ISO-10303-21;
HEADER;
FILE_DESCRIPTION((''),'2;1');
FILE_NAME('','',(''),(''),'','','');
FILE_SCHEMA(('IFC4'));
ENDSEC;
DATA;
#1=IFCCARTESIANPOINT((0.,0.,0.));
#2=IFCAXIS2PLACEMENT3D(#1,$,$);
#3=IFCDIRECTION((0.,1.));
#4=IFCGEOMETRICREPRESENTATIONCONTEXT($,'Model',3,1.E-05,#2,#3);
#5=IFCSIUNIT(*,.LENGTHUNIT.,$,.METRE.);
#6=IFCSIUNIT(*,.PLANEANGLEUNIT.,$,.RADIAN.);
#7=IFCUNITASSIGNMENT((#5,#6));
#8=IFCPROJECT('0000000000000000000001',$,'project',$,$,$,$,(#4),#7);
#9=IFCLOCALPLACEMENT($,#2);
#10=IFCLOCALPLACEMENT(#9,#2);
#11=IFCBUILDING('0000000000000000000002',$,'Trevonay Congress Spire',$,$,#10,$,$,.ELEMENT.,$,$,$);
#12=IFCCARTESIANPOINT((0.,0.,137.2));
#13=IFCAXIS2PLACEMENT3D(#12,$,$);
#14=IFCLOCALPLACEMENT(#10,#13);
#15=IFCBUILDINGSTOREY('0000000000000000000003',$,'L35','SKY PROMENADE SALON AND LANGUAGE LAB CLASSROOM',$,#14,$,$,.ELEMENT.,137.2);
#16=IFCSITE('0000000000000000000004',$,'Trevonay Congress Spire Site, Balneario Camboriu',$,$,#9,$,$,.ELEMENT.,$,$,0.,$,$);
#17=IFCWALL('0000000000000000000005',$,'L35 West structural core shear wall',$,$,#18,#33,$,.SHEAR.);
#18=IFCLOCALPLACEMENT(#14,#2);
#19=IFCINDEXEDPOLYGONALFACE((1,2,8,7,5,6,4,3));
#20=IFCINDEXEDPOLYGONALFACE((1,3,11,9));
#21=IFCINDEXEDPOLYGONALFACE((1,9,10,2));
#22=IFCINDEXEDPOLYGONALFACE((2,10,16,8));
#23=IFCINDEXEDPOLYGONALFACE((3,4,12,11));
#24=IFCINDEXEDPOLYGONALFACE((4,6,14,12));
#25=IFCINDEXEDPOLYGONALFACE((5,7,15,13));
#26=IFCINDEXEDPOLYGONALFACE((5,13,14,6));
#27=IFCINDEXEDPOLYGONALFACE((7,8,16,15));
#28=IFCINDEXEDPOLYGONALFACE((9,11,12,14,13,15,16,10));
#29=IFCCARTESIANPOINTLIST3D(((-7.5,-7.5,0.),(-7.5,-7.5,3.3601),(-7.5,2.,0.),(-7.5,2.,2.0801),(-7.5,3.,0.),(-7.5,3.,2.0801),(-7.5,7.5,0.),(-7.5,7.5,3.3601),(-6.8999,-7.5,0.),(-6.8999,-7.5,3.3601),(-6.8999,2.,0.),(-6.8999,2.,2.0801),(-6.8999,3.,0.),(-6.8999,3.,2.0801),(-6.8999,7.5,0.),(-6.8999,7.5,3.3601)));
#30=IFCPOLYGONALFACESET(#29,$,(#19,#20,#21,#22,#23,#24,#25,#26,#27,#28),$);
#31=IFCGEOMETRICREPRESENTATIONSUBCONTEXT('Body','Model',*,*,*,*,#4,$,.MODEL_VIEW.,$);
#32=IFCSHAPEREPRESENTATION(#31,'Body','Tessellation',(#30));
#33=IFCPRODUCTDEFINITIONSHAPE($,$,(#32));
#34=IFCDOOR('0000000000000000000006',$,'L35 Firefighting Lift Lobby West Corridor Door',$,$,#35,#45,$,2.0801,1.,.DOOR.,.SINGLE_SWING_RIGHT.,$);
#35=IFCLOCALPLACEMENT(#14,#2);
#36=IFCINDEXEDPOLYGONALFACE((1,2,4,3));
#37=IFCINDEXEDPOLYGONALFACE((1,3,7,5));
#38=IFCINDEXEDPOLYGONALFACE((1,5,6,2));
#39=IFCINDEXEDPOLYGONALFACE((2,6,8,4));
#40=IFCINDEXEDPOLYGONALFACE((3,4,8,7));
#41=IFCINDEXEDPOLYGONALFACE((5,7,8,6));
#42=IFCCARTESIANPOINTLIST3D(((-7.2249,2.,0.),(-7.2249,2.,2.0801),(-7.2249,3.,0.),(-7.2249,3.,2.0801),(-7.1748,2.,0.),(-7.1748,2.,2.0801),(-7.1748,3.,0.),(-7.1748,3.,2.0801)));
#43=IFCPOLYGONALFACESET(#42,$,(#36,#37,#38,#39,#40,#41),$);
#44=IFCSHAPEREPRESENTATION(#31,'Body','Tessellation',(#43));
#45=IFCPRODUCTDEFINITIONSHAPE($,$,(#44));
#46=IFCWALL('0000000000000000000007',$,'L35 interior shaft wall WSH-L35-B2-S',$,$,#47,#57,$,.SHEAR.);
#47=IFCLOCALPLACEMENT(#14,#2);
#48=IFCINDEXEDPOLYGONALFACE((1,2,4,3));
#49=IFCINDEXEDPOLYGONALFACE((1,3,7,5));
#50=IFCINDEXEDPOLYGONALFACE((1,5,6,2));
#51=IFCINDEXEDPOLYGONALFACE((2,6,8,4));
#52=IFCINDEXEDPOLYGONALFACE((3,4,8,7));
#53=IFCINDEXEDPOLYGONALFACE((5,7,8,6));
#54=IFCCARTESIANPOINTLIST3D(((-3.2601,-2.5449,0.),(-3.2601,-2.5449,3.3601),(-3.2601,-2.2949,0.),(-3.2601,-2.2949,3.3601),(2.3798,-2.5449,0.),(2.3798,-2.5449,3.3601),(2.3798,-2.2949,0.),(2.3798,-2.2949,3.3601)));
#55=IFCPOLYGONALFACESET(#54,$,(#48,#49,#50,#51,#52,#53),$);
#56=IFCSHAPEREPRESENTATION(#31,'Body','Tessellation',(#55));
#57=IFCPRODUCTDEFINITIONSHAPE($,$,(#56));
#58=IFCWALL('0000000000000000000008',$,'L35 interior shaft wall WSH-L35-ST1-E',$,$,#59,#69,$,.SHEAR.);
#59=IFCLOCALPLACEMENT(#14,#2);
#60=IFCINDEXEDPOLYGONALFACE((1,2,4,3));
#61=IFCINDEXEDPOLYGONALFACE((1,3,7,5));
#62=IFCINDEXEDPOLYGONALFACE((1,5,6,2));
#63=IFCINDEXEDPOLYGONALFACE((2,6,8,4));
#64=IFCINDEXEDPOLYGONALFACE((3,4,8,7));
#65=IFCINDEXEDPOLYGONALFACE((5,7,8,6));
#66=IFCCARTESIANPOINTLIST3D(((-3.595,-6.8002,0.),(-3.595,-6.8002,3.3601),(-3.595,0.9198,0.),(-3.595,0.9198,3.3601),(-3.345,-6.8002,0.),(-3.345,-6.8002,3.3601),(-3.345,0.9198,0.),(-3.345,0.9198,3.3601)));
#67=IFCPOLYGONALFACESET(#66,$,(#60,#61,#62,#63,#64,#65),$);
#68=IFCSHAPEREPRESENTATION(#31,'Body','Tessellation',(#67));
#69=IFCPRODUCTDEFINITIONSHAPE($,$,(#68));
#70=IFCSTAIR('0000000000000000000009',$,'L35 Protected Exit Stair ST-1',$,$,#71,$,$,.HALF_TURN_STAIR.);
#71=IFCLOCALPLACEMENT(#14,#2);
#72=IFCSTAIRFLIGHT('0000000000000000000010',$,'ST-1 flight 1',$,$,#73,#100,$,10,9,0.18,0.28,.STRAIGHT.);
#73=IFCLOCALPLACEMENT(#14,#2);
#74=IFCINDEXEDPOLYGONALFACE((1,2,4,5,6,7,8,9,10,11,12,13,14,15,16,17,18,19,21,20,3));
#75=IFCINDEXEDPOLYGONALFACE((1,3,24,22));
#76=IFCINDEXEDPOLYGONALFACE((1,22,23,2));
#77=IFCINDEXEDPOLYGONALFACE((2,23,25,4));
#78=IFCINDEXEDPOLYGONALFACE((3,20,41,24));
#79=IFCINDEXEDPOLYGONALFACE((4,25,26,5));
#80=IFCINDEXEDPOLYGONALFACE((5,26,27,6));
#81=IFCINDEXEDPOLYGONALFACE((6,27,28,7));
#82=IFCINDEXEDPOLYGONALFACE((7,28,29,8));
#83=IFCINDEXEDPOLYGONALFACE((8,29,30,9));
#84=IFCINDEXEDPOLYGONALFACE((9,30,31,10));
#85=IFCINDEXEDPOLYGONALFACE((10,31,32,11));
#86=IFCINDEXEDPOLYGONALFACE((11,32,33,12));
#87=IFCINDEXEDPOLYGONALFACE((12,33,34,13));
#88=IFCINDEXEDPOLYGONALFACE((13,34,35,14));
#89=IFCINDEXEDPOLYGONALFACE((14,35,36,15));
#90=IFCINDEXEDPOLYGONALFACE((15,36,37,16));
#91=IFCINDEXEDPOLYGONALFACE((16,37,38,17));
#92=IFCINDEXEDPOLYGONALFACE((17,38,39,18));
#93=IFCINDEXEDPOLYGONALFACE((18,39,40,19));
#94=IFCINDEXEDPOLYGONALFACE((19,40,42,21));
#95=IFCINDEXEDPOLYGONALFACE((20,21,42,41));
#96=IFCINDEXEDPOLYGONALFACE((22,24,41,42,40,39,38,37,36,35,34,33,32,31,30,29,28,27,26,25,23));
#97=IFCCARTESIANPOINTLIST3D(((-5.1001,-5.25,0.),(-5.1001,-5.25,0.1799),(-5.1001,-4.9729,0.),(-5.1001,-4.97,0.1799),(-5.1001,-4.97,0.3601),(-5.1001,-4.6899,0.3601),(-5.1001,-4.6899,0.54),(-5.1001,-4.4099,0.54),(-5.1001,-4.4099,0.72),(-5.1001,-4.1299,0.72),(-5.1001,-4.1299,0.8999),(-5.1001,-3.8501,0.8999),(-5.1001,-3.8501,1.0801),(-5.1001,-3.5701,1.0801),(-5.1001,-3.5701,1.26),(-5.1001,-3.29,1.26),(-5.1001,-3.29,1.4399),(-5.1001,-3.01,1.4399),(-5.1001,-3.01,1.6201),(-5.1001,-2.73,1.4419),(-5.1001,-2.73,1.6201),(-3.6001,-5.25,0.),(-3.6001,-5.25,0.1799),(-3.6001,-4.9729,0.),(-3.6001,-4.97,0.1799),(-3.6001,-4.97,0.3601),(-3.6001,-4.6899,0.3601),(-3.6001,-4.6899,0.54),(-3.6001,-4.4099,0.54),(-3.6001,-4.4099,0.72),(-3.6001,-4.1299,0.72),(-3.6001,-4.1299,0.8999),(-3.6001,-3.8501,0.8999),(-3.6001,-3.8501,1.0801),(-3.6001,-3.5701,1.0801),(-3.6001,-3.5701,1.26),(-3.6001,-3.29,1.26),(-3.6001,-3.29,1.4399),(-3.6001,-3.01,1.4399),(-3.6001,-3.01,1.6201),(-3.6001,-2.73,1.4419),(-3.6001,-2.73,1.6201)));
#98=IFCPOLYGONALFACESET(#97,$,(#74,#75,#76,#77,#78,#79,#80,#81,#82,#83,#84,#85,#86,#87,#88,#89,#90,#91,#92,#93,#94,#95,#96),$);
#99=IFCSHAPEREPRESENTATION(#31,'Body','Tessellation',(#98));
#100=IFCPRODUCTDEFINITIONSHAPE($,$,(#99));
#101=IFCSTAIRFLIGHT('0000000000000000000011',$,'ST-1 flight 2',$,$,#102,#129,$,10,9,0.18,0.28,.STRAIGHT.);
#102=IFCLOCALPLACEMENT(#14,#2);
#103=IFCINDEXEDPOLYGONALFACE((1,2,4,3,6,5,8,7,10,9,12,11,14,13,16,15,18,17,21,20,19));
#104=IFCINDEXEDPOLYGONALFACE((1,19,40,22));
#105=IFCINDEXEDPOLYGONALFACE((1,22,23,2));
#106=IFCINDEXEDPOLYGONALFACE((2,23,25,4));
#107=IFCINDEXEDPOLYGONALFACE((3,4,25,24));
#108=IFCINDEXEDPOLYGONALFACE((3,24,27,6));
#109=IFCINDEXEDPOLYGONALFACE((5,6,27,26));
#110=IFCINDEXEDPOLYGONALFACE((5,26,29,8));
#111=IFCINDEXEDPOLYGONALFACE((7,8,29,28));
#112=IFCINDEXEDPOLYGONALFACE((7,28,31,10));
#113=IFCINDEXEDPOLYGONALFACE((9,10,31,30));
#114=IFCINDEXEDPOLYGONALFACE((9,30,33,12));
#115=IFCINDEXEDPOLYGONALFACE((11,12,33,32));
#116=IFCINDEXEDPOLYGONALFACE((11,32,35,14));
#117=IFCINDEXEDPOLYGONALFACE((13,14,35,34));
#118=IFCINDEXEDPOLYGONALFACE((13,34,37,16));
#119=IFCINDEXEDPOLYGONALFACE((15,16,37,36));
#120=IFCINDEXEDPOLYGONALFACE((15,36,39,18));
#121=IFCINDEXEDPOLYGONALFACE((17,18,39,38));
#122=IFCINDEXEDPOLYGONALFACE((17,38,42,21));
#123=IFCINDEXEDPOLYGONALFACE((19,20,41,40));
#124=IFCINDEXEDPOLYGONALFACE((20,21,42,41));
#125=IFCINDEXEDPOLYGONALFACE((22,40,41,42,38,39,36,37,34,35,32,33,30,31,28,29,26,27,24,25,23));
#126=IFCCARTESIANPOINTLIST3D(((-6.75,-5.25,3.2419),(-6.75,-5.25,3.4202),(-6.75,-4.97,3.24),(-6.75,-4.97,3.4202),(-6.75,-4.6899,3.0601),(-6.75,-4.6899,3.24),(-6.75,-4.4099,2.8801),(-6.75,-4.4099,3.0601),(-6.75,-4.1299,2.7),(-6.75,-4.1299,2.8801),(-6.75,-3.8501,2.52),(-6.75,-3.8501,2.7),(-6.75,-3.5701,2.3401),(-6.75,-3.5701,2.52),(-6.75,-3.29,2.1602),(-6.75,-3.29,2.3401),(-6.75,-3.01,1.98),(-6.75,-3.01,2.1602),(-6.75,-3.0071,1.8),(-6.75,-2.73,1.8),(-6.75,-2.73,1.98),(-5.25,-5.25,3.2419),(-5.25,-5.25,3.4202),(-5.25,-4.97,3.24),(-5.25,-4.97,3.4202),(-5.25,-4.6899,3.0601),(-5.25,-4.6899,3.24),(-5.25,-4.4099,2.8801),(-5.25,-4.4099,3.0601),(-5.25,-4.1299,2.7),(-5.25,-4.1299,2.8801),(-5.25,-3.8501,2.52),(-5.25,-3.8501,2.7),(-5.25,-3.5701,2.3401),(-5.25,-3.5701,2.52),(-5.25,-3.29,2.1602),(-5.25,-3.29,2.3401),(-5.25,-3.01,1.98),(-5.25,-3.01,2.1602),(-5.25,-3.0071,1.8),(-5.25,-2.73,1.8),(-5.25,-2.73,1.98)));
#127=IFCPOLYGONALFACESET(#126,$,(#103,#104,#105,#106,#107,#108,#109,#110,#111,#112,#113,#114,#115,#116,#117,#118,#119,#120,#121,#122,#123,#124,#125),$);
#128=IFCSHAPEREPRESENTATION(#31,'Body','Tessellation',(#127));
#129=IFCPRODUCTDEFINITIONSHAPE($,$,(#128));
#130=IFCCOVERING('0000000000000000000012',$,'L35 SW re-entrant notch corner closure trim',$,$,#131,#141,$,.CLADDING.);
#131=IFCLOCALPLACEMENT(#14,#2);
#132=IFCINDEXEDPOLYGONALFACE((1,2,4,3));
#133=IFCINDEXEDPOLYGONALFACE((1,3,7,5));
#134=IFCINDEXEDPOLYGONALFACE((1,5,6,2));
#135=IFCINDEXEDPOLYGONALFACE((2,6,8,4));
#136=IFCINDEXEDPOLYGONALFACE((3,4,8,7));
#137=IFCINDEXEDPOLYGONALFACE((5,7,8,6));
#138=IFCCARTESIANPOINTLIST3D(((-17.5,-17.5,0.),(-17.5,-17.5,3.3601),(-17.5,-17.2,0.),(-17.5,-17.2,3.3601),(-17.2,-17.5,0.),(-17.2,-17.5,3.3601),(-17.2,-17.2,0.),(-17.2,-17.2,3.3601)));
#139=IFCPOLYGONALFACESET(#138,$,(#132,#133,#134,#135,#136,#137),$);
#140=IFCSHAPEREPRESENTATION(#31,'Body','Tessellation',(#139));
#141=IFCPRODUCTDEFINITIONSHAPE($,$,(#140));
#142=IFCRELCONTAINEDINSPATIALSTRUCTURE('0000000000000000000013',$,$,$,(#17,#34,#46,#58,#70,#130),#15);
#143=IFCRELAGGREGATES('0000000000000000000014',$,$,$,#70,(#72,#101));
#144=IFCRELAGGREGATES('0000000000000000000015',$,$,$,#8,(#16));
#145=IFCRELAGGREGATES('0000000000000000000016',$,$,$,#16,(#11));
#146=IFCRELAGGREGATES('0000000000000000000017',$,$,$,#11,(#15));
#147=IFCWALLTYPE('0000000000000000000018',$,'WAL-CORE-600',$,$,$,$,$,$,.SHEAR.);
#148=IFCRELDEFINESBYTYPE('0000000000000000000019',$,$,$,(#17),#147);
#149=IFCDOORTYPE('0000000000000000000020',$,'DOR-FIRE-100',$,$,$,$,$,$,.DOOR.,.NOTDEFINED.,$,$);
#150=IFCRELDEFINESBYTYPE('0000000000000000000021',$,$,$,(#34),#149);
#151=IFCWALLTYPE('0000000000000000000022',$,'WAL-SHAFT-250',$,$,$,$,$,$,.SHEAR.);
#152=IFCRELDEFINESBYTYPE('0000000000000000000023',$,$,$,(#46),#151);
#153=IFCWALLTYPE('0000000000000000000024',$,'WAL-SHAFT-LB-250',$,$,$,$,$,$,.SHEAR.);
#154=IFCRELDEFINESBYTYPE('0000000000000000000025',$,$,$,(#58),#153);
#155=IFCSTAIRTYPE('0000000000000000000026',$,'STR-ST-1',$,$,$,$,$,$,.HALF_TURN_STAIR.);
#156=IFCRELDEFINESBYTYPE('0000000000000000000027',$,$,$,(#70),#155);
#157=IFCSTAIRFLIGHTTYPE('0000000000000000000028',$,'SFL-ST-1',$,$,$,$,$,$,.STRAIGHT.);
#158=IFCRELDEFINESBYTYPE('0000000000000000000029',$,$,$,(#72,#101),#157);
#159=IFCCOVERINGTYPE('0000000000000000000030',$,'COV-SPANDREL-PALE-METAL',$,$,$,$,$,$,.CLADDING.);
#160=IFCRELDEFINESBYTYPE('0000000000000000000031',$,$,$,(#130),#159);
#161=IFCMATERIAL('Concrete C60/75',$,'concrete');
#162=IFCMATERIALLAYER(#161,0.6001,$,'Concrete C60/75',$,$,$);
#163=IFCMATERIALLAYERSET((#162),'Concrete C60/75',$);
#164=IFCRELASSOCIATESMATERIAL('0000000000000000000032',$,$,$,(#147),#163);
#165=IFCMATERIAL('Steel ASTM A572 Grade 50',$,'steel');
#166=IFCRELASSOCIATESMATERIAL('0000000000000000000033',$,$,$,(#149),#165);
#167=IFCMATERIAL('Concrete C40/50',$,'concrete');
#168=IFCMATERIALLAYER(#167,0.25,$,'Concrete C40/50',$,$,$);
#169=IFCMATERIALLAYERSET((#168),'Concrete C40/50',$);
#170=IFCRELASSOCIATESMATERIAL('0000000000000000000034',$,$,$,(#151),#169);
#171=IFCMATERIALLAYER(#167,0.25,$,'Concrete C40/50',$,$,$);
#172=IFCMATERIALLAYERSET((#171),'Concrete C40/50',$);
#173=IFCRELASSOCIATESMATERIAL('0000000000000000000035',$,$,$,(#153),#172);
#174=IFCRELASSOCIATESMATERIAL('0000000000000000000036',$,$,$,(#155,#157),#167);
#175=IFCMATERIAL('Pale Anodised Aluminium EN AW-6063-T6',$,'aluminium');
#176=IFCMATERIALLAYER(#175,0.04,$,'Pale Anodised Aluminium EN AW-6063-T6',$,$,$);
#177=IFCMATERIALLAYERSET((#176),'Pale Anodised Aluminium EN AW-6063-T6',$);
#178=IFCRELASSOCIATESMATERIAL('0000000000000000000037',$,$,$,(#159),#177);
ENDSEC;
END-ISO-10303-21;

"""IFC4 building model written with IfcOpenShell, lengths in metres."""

from ifc_helpers import new_model, si_unit, direction, frame, frame_2d, origin, place, context, subcontext, project, spatial, polyline, rectangle, outline, extrude, material, layer, layer_set, type_object, element, fill, aggregate, save


model = new_model("IFC4")

# Units and contexts
model_context = context("Model", 3, precision=1e-05, world=origin(), true_north=direction((0.0, 1.0)))
body_context = subcontext(model_context, "Body", "Model", "MODEL_VIEW")
ifc_project = project(units=[si_unit("LENGTHUNIT", "METRE"), si_unit("PLANEANGLEUNIT", "RADIAN")], contexts=[model_context])

# Site, building, storey
site_placement = place(None, origin())
site = spatial("IfcSite", under=ifc_project, at=site_placement, Name="Trevonay Congress Spire Site, Balneario Camboriu", CompositionType="ELEMENT", RefElevation=0.0)
building_placement = place(site_placement, origin())
building = spatial("IfcBuilding", under=site, at=building_placement, Name="Trevonay Congress Spire", CompositionType="ELEMENT")
storey_placement = place(building_placement, frame((0.0, 0.0, 137.2)))
storey = spatial("IfcBuildingStorey", under=building, at=storey_placement, Name="L35", Description="SKY PROMENADE SALON AND LANGUAGE LAB CLASSROOM", CompositionType="ELEMENT", Elevation=137.2)

# Shared definitions
ifc_material_1 = material(Name="Steel ASTM A572 Grade 50", Category="steel")

# Shared definitions
ifc_material_2 = material(Name="Concrete C40/50", Category="concrete")

# Shared definitions
ifc_material_3 = material(Name="Concrete C60/75", Category="concrete")
ifc_layer_1 = layer(ifc_material_3, 0.6001, Name="Concrete C60/75")
ifc_layer_set_1 = layer_set([ifc_layer_1], Name="Concrete C60/75")
wall_type_1 = type_object("IfcWallType", Name="WAL-CORE-600", PredefinedType="SHEAR", material=ifc_layer_set_1)
door_type_1 = type_object("IfcDoorType", Name="DOR-FIRE-100", OperationType="NOTDEFINED", PredefinedType="DOOR", material=ifc_material_1)

# Wall, opening, door
wall_1_placement = place(storey_placement, frame((-7.2, -7.5, 0.0), z_axis=(0.0, 0.0, 1.0), x_axis=(0.0, 1.0, 0.0)))
wall_1 = element("IfcWall", 1, at=wall_1_placement, inside=storey, type_object=wall_type_1, Name="L35 West structural core shear wall", PredefinedType="SHEAR", context=body_context, shape_type="SweptSolid", body=[
    extrude(rectangle(XDim=15.0, YDim=0.6001, at=frame_2d((7.5, 0.0))), origin(), (0.0, 0.0, 1.0), 3.3601),
])
opening_1_placement = place(wall_1_placement, frame((9.5, 0.0, 0.0)))
opening_1 = element("IfcOpeningElement", 2, at=opening_1_placement, cuts=wall_1, PredefinedType="OPENING", context=body_context, shape_type="SweptSolid", body=[
    extrude(rectangle(XDim=1.0, YDim=2.0801, at=frame_2d((0.5, 1.04))), frame((0.0, 0.3101, 0.0), z_axis=(0.0, -1.0, 0.0), x_axis=(1.0, 0.0, 0.0)), (0.0, 0.0, 1.0), 0.6201),
])
door_1_placement = place(opening_1_placement, origin())
door_1 = element("IfcDoor", 3, at=door_1_placement, inside=storey, type_object=door_type_1, Name="L35 Firefighting Lift Lobby West Corridor Door", OperationType="SINGLE_SWING_RIGHT", OverallHeight=2.0801, OverallWidth=1.0, PredefinedType="DOOR", context=body_context, shape_type="SweptSolid", body=[
    extrude(rectangle(XDim=1.0, YDim=2.0801, at=frame_2d((0.5, 1.04))), frame((0.0, 0.0249, 0.0), z_axis=(0.0, -1.0, 0.0), x_axis=(1.0, 0.0, 0.0)), (0.0, 0.0, 1.0), 0.05),
])
fill(opening_1, door_1)

# Walls
ifc_layer_2 = layer(ifc_material_2, 0.25, Name="Concrete C40/50")
ifc_layer_set_2 = layer_set([ifc_layer_2], Name="Concrete C40/50")
wall_type_2 = type_object("IfcWallType", Name="WAL-SHAFT-250", PredefinedType="SHEAR", material=ifc_layer_set_2)
wall_2_placement = place(storey_placement, frame((-3.26, -2.4199, 0.0), z_axis=(0.0, 0.0, 1.0), x_axis=(1.0, 0.0, 0.0)))
element("IfcWall", 4, at=wall_2_placement, inside=storey, type_object=wall_type_2, Name="L35 interior shaft wall WSH-L35-B2-S", PredefinedType="SHEAR", context=body_context, shape_type="SweptSolid", body=[
    extrude(rectangle(XDim=5.6399, YDim=0.25, at=frame_2d((2.8198, 0.0))), origin(), (0.0, 0.0, 1.0), 3.3601),
])
ifc_layer_3 = layer(ifc_material_2, 0.25, Name="Concrete C40/50")
ifc_layer_set_3 = layer_set([ifc_layer_3], Name="Concrete C40/50")
wall_type_3 = type_object("IfcWallType", Name="WAL-SHAFT-LB-250", PredefinedType="SHEAR", material=ifc_layer_set_3)
wall_3_placement = place(storey_placement, frame((-3.47, -6.8, 0.0), z_axis=(0.0, 0.0, 1.0), x_axis=(0.0, 1.0, 0.0)))
element("IfcWall", 5, at=wall_3_placement, inside=storey, type_object=wall_type_3, Name="L35 interior shaft wall WSH-L35-ST1-E", PredefinedType="SHEAR", context=body_context, shape_type="SweptSolid", body=[
    extrude(rectangle(XDim=7.72, YDim=0.25, at=frame_2d((3.8599, 0.0))), origin(), (0.0, 0.0, 1.0), 3.3601),
])

# Stair, stair flights
stair_type = type_object("IfcStairType", Name="STR-ST-1", PredefinedType="HALF_TURN_STAIR", material=ifc_material_2)
stair_placement = place(storey_placement, origin())
stair = element("IfcStair", 6, at=stair_placement, inside=storey, type_object=stair_type, Name="L35 Protected Exit Stair ST-1", PredefinedType="HALF_TURN_STAIR")
stair_flight_type = type_object("IfcStairFlightType", Name="SFL-ST-1", PredefinedType="STRAIGHT", material=ifc_material_2)
stair_flight_1_placement = place(storey_placement, frame((-4.3501, -5.25, 0.0), z_axis=(0.0, 0.0, 1.0), x_axis=(0.0, 1.0, 0.0)))
stair_flight_1 = element("IfcStairFlight", 7, at=stair_flight_1_placement, type_object=stair_flight_type, Name="ST-1 flight 1", NumberOfRisers=10, NumberOfTreads=9, PredefinedType="STRAIGHT", RiserHeight=0.18, TreadLength=0.28, context=body_context, shape_type="SweptSolid", body=[
    extrude(outline(polyline([(0.0, 0.0), (0.0, 0.1799), (0.28, 0.1799), (0.28, 0.3601), (0.5601, 0.3601), (0.5601, 0.54), (0.8401, 0.54), (0.8401, 0.72), (1.1201, 0.72), (1.1201, 0.8999), (1.3999, 0.8999), (1.3999, 1.0801), (1.6799, 1.0801), (1.6799, 1.26), (1.96, 1.26), (1.96, 1.4399), (2.24, 1.4399), (2.24, 1.6201), (2.52, 1.6201), (2.52, 1.8), (2.52, 1.4419), (0.2771, 0.0), (0.0, 0.0)])), frame((0.0, 0.75, 0.0), z_axis=(0.0, -1.0, 0.0), x_axis=(1.0, 0.0, 0.0)), (0.0, 0.0, 1.0), 1.5),
])
stair_flight_2_placement = place(storey_placement, frame((-6.0, -2.73, 1.8), z_axis=(0.0, 0.0, 1.0), x_axis=(0.0, -1.0, 0.0)))
stair_flight_2 = element("IfcStairFlight", 8, at=stair_flight_2_placement, type_object=stair_flight_type, Name="ST-1 flight 2", NumberOfRisers=10, NumberOfTreads=9, PredefinedType="STRAIGHT", RiserHeight=0.18, TreadLength=0.28, context=body_context, shape_type="SweptSolid", body=[
    extrude(outline(polyline([(0.0, 0.0), (0.0, 0.1799), (0.28, 0.1799), (0.28, 0.3601), (0.5601, 0.3601), (0.5601, 0.54), (0.8401, 0.54), (0.8401, 0.72), (1.1201, 0.72), (1.1201, 0.8999), (1.3999, 0.8999), (1.3999, 1.0801), (1.6799, 1.0801), (1.6799, 1.26), (1.96, 1.26), (1.96, 1.4399), (2.24, 1.4399), (2.24, 1.6201), (2.52, 1.6201), (2.52, 1.8), (2.52, 1.4419), (0.2771, 0.0), (0.0, 0.0)])), frame((0.0, 0.75, 0.0), z_axis=(0.0, -1.0, 0.0), x_axis=(1.0, 0.0, 0.0)), (0.0, 0.0, 1.0), 1.5),
])
aggregate(stair, [stair_flight_1, stair_flight_2])

# Covering
ifc_material_4 = material(Name="Pale Anodised Aluminium EN AW-6063-T6", Category="aluminium")
ifc_layer_4 = layer(ifc_material_4, 0.04, Name="Pale Anodised Aluminium EN AW-6063-T6")
ifc_layer_set_4 = layer_set([ifc_layer_4], Name="Pale Anodised Aluminium EN AW-6063-T6")
covering_type = type_object("IfcCoveringType", Name="COV-SPANDREL-PALE-METAL", PredefinedType="CLADDING", material=ifc_layer_set_4)
covering_placement = place(storey_placement, origin())
element("IfcCovering", 9, at=covering_placement, inside=storey, type_object=covering_type, Name="L35 SW re-entrant notch corner closure trim", PredefinedType="CLADDING", context=body_context, shape_type="SweptSolid", body=[
    extrude(outline(polyline([(-17.5, -17.5), (-17.2, -17.5), (-17.2, -17.2), (-17.5, -17.2), (-17.5, -17.5)])), origin(), (0.0, 0.0, 1.0), 3.3601),
])

save(model, "model.ifc")
